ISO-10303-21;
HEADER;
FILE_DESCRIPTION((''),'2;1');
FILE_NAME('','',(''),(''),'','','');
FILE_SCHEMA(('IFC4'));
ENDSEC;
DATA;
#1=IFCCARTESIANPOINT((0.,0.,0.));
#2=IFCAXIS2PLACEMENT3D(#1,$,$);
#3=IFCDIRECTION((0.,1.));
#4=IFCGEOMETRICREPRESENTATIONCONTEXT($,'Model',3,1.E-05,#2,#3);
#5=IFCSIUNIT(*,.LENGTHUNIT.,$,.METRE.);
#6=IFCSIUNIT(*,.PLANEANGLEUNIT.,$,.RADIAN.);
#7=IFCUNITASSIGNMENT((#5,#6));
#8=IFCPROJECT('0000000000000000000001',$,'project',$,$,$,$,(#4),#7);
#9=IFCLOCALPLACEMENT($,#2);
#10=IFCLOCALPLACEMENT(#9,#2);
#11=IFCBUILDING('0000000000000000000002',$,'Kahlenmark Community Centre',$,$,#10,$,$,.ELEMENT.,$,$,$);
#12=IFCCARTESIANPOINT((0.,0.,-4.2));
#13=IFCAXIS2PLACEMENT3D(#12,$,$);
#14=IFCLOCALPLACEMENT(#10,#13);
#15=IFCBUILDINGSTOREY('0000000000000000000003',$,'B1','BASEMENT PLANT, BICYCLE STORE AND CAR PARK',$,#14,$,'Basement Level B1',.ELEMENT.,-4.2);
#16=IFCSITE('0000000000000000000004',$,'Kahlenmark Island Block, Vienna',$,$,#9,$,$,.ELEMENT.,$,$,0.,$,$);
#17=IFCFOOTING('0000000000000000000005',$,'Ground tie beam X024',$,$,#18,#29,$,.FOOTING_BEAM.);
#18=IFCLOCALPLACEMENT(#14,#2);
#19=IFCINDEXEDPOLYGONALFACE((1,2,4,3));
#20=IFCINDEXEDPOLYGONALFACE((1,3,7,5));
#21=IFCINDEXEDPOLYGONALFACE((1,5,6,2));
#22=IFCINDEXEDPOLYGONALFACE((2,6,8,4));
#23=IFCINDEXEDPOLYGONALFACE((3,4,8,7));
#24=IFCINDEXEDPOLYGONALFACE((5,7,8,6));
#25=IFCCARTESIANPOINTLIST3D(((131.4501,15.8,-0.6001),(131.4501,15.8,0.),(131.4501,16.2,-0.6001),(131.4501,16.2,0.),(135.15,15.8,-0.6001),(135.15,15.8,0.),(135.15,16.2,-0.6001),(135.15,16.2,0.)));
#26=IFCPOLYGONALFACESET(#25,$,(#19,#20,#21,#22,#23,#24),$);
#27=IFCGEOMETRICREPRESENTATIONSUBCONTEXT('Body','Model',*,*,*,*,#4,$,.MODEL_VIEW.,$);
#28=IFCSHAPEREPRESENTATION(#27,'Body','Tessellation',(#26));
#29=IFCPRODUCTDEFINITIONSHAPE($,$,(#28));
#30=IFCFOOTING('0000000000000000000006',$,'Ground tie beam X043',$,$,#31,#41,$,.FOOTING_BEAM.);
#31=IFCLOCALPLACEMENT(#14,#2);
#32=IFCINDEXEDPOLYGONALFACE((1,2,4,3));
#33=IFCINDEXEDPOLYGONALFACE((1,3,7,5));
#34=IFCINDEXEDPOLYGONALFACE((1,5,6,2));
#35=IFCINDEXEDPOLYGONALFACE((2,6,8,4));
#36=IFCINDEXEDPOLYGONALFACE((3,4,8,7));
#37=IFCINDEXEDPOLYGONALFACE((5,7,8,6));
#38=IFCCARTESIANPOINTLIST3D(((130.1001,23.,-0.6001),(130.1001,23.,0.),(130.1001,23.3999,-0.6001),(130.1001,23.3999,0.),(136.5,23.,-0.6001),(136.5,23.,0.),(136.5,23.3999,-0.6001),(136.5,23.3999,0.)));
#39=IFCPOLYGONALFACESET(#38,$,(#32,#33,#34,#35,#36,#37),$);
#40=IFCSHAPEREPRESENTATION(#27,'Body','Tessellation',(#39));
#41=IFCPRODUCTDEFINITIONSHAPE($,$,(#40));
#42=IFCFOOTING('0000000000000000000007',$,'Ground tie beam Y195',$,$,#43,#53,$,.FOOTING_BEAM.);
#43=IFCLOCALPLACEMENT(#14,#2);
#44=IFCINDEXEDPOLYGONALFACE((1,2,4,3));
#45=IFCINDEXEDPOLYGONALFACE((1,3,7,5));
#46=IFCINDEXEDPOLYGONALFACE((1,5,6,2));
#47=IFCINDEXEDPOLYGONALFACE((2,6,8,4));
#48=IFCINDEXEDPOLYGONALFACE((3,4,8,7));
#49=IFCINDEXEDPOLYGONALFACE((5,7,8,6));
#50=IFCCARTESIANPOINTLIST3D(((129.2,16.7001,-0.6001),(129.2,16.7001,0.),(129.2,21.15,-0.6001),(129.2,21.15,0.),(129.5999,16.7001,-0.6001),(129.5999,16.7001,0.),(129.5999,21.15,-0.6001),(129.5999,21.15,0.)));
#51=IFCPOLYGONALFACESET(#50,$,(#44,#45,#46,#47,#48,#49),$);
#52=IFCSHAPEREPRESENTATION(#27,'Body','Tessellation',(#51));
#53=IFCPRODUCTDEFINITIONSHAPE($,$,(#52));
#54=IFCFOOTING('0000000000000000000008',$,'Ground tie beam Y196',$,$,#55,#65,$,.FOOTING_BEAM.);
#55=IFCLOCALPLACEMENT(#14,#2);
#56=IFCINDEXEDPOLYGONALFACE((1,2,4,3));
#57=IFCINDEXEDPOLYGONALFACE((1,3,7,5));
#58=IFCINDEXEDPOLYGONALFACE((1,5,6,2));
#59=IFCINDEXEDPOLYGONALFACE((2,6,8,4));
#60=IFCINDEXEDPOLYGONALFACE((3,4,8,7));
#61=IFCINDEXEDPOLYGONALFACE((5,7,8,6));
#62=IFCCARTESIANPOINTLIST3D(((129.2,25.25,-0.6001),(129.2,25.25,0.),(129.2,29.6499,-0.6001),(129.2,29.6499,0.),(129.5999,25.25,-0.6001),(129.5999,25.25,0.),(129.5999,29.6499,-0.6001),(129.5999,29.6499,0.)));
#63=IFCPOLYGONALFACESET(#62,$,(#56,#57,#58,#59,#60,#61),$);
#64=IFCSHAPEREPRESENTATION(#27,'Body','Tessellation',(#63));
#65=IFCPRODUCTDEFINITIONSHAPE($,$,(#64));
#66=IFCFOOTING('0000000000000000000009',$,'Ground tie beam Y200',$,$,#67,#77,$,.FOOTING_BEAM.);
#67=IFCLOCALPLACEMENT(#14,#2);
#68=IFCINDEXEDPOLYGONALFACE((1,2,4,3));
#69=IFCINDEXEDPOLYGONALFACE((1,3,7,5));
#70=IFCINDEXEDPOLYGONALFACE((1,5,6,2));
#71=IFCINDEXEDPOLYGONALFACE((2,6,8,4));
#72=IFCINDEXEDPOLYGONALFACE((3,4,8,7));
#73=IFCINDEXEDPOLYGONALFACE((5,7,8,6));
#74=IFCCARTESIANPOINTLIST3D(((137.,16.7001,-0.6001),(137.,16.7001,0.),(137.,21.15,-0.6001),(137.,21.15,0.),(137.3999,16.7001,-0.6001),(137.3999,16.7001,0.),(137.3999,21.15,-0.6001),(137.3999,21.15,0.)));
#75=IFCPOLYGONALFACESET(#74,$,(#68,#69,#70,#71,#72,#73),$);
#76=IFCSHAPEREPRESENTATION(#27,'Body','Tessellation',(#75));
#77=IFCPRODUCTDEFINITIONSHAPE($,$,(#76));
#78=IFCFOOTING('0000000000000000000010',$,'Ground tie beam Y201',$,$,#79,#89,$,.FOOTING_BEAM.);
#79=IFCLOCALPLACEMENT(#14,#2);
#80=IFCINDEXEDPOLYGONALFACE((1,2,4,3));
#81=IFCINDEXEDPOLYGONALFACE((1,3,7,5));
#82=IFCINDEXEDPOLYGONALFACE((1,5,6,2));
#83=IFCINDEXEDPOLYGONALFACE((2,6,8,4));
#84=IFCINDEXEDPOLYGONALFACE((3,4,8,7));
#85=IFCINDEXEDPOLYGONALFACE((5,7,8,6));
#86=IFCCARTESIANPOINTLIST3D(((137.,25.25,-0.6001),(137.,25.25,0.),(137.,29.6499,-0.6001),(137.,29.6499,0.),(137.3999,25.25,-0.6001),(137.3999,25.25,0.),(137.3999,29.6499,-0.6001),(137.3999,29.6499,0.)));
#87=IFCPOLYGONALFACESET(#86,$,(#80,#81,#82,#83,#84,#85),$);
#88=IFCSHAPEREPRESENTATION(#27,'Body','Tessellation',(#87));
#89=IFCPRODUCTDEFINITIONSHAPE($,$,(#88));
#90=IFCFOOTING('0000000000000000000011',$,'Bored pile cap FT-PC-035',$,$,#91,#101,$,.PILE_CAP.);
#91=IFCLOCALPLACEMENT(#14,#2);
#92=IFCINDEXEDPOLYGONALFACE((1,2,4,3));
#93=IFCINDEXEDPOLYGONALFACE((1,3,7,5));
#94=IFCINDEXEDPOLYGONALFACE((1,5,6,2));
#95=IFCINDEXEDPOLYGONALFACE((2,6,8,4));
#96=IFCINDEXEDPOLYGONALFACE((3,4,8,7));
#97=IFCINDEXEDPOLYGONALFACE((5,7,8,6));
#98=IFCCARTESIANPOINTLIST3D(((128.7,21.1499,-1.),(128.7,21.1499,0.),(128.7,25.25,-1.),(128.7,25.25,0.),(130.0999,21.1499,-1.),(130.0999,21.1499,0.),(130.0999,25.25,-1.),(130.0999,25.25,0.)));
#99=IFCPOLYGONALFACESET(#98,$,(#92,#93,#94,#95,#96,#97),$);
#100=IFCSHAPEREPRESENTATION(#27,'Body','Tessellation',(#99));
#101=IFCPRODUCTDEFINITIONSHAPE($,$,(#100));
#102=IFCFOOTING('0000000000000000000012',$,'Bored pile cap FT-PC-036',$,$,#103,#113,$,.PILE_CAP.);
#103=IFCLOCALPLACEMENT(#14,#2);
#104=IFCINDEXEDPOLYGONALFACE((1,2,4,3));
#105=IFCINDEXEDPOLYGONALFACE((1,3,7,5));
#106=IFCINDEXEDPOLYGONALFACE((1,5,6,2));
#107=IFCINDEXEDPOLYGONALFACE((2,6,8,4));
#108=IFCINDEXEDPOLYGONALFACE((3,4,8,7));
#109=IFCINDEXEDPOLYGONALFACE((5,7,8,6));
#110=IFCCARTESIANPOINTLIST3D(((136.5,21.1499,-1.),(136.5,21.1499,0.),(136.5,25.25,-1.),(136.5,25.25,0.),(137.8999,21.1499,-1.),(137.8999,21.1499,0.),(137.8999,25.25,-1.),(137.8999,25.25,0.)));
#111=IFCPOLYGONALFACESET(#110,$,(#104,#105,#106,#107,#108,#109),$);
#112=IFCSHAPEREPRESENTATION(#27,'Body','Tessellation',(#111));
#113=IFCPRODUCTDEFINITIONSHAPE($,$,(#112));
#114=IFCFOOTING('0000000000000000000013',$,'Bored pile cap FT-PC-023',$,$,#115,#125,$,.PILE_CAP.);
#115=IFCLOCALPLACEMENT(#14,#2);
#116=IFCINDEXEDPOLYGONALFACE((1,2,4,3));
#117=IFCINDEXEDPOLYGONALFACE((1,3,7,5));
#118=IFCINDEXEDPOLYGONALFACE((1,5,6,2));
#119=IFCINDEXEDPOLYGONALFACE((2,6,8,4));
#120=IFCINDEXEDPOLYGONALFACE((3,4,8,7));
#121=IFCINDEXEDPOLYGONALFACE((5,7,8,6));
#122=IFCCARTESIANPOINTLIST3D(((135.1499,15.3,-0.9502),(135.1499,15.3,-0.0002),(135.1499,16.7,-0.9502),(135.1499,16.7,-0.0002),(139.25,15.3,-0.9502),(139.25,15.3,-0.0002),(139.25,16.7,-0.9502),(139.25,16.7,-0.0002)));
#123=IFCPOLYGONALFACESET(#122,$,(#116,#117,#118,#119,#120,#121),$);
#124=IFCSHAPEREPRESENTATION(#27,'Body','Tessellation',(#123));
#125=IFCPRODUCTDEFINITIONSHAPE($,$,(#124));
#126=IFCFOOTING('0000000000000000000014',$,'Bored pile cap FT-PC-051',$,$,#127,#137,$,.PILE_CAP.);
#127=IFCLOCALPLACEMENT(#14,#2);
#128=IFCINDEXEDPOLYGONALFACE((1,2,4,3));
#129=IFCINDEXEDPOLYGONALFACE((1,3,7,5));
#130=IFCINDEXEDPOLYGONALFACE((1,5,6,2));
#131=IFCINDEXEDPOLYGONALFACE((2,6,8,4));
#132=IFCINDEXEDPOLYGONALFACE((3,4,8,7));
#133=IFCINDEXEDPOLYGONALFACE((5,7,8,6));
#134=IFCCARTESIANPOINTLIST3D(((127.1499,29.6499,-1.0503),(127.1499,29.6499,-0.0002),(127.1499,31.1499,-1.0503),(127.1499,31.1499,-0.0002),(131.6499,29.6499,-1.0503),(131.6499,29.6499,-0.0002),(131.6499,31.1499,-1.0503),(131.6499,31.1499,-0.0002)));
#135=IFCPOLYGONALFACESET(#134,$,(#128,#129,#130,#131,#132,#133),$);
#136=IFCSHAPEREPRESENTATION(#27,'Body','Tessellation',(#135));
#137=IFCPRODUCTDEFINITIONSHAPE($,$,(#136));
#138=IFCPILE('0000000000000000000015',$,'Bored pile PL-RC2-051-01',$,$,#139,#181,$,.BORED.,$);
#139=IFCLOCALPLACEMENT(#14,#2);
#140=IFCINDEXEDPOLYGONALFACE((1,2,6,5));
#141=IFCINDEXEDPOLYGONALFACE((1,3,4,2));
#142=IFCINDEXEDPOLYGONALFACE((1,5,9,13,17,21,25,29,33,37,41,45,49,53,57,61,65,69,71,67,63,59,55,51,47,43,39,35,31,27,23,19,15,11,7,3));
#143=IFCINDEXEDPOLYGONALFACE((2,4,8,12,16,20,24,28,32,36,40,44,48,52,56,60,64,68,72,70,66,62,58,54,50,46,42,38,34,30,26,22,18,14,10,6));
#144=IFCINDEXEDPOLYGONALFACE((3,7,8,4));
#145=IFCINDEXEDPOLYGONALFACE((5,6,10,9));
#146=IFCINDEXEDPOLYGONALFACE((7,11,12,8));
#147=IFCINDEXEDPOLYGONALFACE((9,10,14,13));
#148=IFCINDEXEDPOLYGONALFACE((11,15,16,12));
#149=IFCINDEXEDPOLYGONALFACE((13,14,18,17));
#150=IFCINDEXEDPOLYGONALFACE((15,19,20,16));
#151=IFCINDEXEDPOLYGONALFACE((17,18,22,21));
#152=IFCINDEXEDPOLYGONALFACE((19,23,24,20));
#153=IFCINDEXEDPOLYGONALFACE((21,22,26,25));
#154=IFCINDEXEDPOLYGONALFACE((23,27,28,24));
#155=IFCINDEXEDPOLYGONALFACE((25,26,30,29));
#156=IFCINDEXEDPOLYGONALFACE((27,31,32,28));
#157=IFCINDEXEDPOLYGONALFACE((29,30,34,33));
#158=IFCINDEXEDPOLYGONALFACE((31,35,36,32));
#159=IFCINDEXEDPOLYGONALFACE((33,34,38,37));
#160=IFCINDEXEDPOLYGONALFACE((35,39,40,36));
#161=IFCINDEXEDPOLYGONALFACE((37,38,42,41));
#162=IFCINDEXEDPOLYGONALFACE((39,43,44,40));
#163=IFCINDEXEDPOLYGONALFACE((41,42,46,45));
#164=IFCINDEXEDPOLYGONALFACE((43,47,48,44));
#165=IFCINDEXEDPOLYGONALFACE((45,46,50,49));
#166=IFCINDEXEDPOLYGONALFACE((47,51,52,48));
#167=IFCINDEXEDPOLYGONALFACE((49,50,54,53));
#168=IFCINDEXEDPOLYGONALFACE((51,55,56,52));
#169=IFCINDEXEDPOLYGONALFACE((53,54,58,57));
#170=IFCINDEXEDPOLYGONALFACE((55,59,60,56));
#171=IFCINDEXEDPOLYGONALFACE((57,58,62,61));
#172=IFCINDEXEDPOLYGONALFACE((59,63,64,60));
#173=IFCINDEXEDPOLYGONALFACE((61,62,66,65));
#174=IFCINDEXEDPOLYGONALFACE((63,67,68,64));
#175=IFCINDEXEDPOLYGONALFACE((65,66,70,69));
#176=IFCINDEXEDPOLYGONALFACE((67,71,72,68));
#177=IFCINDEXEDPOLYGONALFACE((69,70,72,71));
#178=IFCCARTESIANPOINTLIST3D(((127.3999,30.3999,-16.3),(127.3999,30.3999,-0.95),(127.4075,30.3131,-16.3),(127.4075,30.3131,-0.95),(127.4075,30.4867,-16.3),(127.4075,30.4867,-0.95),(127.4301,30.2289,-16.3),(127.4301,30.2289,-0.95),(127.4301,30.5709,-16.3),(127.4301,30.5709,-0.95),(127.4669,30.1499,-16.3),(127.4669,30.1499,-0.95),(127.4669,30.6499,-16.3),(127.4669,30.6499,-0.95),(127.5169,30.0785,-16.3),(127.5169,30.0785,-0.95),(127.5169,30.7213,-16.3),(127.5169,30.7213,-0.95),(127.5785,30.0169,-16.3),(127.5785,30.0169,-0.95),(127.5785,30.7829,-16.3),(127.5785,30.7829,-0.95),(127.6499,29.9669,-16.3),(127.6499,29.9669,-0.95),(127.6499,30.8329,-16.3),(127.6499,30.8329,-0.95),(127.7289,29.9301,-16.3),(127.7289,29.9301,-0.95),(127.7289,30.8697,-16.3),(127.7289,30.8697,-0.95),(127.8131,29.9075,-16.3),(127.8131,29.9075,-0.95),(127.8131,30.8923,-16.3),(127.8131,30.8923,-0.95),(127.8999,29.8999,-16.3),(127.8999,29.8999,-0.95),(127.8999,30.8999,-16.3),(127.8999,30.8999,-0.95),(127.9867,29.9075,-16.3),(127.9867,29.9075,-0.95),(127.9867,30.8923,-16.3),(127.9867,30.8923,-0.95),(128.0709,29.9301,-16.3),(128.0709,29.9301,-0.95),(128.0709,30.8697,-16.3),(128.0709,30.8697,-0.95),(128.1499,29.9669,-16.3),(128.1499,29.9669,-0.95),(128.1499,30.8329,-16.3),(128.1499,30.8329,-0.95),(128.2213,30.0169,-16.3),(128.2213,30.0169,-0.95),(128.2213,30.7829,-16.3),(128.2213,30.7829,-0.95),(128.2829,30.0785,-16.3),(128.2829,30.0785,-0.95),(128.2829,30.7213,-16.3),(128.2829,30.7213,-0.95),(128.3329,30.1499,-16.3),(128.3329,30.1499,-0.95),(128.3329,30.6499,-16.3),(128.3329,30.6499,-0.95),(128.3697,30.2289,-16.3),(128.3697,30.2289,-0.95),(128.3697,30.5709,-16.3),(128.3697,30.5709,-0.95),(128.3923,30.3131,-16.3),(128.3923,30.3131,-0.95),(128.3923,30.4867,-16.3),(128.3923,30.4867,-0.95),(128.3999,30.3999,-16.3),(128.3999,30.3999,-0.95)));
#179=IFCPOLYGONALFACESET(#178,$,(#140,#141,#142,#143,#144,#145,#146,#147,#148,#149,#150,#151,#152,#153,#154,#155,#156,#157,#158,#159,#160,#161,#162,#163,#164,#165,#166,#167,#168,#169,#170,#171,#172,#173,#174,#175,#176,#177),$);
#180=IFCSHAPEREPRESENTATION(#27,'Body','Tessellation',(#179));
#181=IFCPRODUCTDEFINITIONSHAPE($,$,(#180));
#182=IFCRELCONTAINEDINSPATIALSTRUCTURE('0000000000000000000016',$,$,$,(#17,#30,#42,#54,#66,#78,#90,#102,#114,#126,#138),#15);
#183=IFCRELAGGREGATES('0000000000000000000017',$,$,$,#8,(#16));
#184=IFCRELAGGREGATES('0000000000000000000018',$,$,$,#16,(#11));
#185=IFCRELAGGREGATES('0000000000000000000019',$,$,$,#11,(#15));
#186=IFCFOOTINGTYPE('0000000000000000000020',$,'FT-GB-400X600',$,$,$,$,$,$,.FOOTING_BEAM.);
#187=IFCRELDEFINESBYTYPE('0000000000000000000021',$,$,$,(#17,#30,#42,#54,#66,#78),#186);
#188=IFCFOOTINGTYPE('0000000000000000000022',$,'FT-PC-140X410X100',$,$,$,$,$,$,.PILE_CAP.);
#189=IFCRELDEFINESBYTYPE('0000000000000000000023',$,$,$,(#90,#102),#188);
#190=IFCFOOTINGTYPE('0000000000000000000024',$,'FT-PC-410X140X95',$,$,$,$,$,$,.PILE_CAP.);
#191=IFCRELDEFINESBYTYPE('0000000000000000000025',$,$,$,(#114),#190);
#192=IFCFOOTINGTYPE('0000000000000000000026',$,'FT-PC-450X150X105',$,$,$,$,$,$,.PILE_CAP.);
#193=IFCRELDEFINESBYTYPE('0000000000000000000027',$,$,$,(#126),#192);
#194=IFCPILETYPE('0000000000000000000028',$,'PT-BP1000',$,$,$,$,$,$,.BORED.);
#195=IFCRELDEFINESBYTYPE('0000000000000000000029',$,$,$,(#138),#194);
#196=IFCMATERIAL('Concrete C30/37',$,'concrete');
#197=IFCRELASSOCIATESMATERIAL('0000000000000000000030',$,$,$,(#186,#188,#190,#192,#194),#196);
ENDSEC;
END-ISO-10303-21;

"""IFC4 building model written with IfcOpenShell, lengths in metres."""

from ifc_helpers import new_model, si_unit, direction, frame, origin, origin_2d, place, context, subcontext, project, spatial, rectangle, circle, extrude, material, material_profile, profile_set, type_object, element, save


model = new_model("IFC4")

# Units and contexts
model_context = context("Model", 3, precision=1e-05, world=origin(), true_north=direction((0.0, 1.0)))
body_context = subcontext(model_context, "Body", "Model", "MODEL_VIEW")
ifc_project = project(units=[si_unit("LENGTHUNIT", "METRE"), si_unit("PLANEANGLEUNIT", "RADIAN")], contexts=[model_context])

# Site, building, storey
site_placement = place(None, origin())
site = spatial("IfcSite", under=ifc_project, at=site_placement, Name="Kahlenmark Island Block, Vienna", CompositionType="ELEMENT", RefElevation=0.0)
building_placement = place(site_placement, origin())
building = spatial("IfcBuilding", under=site, at=building_placement, Name="Kahlenmark Community Centre", CompositionType="ELEMENT")
storey_placement = place(building_placement, frame((0.0, 0.0, -4.2)))
storey = spatial("IfcBuildingStorey", under=building, at=storey_placement, Name="B1", Description="BASEMENT PLANT, BICYCLE STORE AND CAR PARK", LongName="Basement Level B1", CompositionType="ELEMENT", Elevation=-4.2)

# Footings
ifc_material_1 = material(Name="Concrete C30/37", Category="concrete")
footing_type_1 = type_object("IfcFootingType", Name="FT-GB-400X600", PredefinedType="FOOTING_BEAM", material=ifc_material_1)
footing_1_placement = place(storey_placement, frame((133.3, 16.0, -0.6001), z_axis=(0.0, 0.0, 1.0), x_axis=(1.0, 0.0, 0.0)))
element("IfcFooting", 1, at=footing_1_placement, inside=storey, type_object=footing_type_1, Name="Ground tie beam X024", PredefinedType="FOOTING_BEAM", context=body_context, shape_type="SweptSolid", body=[
    extrude(rectangle(XDim=3.7, YDim=0.3999, at=origin_2d()), origin(), (0.0, 0.0, 1.0), 0.6001),
])
footing_2_placement = place(storey_placement, frame((133.3, 23.2, -0.6001), z_axis=(0.0, 0.0, 1.0), x_axis=(1.0, 0.0, 0.0)))
element("IfcFooting", 2, at=footing_2_placement, inside=storey, type_object=footing_type_1, Name="Ground tie beam X043", PredefinedType="FOOTING_BEAM", context=body_context, shape_type="SweptSolid", body=[
    extrude(rectangle(XDim=6.3999, YDim=0.3999, at=origin_2d()), origin(), (0.0, 0.0, 1.0), 0.6001),
])
footing_3_placement = place(storey_placement, frame((129.3999, 18.925, -0.6001), z_axis=(0.0, 0.0, 1.0), x_axis=(1.0, 0.0, 0.0)))
element("IfcFooting", 3, at=footing_3_placement, inside=storey, type_object=footing_type_1, Name="Ground tie beam Y195", PredefinedType="FOOTING_BEAM", context=body_context, shape_type="SweptSolid", body=[
    extrude(rectangle(XDim=0.3999, YDim=4.45, at=origin_2d()), origin(), (0.0, 0.0, 1.0), 0.6001),
])
footing_4_placement = place(storey_placement, frame((129.3999, 27.45, -0.6001), z_axis=(0.0, 0.0, 1.0), x_axis=(1.0, 0.0, 0.0)))
element("IfcFooting", 4, at=footing_4_placement, inside=storey, type_object=footing_type_1, Name="Ground tie beam Y196", PredefinedType="FOOTING_BEAM", context=body_context, shape_type="SweptSolid", body=[
    extrude(rectangle(XDim=0.3999, YDim=4.3999, at=origin_2d()), origin(), (0.0, 0.0, 1.0), 0.6001),
])
footing_5_placement = place(storey_placement, frame((137.2, 18.925, -0.6001), z_axis=(0.0, 0.0, 1.0), x_axis=(1.0, 0.0, 0.0)))
element("IfcFooting", 5, at=footing_5_placement, inside=storey, type_object=footing_type_1, Name="Ground tie beam Y200", PredefinedType="FOOTING_BEAM", context=body_context, shape_type="SweptSolid", body=[
    extrude(rectangle(XDim=0.3999, YDim=4.45, at=origin_2d()), origin(), (0.0, 0.0, 1.0), 0.6001),
])
footing_6_placement = place(storey_placement, frame((137.2, 27.45, -0.6001), z_axis=(0.0, 0.0, 1.0), x_axis=(1.0, 0.0, 0.0)))
element("IfcFooting", 6, at=footing_6_placement, inside=storey, type_object=footing_type_1, Name="Ground tie beam Y201", PredefinedType="FOOTING_BEAM", context=body_context, shape_type="SweptSolid", body=[
    extrude(rectangle(XDim=0.3999, YDim=4.3999, at=origin_2d()), origin(), (0.0, 0.0, 1.0), 0.6001),
])
footing_type_2 = type_object("IfcFootingType", Name="FT-PC-140X410X100", PredefinedType="PILE_CAP", material=ifc_material_1)
for number, where, z_axis, x_axis, name in (
    (7, (129.3999, 23.2, -1.0), (0.0, 0.0, 1.0), (1.0, 0.0, 0.0), "Bored pile cap FT-PC-035"),
    (8, (137.2, 23.2, -1.0), (0.0, 0.0, 1.0), (1.0, 0.0, 0.0), "Bored pile cap FT-PC-036"),
):
    element("IfcFooting", number, at=place(storey_placement, frame(where, z_axis=z_axis, x_axis=x_axis)), inside=storey, type_object=footing_type_2, Name=name, PredefinedType="PILE_CAP", context=body_context, shape_type="SweptSolid", body=[
        extrude(rectangle(XDim=1.3999, YDim=4.1001, at=origin_2d()), origin(), (0.0, 0.0, 1.0), 1.0),
    ])
footing_type_3 = type_object("IfcFootingType", Name="FT-PC-410X140X95", PredefinedType="PILE_CAP", material=ifc_material_1)
footing_7_placement = place(storey_placement, frame((137.2, 16.0, -0.9502), z_axis=(0.0, 0.0, 1.0), x_axis=(1.0, 0.0, 0.0)))
element("IfcFooting", 9, at=footing_7_placement, inside=storey, type_object=footing_type_3, Name="Bored pile cap FT-PC-023", PredefinedType="PILE_CAP", context=body_context, shape_type="SweptSolid", body=[
    extrude(rectangle(XDim=4.1001, YDim=1.3999, at=origin_2d()), origin(), (0.0, 0.0, 1.0), 0.95),
])
footing_type_4 = type_object("IfcFootingType", Name="FT-PC-450X150X105", PredefinedType="PILE_CAP", material=ifc_material_1)
footing_8_placement = place(storey_placement, frame((129.3999, 30.3999, -1.0503), z_axis=(0.0, 0.0, 1.0), x_axis=(1.0, 0.0, 0.0)))
element("IfcFooting", 10, at=footing_8_placement, inside=storey, type_object=footing_type_4, Name="Bored pile cap FT-PC-051", PredefinedType="PILE_CAP", context=body_context, shape_type="SweptSolid", body=[
    extrude(rectangle(XDim=4.5, YDim=1.5, at=origin_2d()), origin(), (0.0, 0.0, 1.0), 1.05),
])

# Pile
ifc_material_profile_1 = material_profile(ifc_material_1, circle(Radius=0.5, at=origin_2d()), Name="BORED PILE 1000")
ifc_profile_set_1 = profile_set([ifc_material_profile_1], Name="Concrete C30/37")
pile_type_1 = type_object("IfcPileType", Name="PT-BP1000", PredefinedType="BORED", material=ifc_profile_set_1)
pile_placement = place(storey_placement, frame((127.8999, 30.3999, -0.95), z_axis=(0.0, 0.0, -1.0), x_axis=(1.0, 0.0, 0.0)))
element("IfcPile", 11, at=pile_placement, inside=storey, type_object=pile_type_1, Name="Bored pile PL-RC2-051-01", PredefinedType="BORED", context=body_context, shape_type="SweptSolid", body=[
    extrude(circle(Radius=0.5, at=origin_2d()), origin(), (0.0, 0.0, 1.0), 15.3501),
])

save(model, "model.ifc")
